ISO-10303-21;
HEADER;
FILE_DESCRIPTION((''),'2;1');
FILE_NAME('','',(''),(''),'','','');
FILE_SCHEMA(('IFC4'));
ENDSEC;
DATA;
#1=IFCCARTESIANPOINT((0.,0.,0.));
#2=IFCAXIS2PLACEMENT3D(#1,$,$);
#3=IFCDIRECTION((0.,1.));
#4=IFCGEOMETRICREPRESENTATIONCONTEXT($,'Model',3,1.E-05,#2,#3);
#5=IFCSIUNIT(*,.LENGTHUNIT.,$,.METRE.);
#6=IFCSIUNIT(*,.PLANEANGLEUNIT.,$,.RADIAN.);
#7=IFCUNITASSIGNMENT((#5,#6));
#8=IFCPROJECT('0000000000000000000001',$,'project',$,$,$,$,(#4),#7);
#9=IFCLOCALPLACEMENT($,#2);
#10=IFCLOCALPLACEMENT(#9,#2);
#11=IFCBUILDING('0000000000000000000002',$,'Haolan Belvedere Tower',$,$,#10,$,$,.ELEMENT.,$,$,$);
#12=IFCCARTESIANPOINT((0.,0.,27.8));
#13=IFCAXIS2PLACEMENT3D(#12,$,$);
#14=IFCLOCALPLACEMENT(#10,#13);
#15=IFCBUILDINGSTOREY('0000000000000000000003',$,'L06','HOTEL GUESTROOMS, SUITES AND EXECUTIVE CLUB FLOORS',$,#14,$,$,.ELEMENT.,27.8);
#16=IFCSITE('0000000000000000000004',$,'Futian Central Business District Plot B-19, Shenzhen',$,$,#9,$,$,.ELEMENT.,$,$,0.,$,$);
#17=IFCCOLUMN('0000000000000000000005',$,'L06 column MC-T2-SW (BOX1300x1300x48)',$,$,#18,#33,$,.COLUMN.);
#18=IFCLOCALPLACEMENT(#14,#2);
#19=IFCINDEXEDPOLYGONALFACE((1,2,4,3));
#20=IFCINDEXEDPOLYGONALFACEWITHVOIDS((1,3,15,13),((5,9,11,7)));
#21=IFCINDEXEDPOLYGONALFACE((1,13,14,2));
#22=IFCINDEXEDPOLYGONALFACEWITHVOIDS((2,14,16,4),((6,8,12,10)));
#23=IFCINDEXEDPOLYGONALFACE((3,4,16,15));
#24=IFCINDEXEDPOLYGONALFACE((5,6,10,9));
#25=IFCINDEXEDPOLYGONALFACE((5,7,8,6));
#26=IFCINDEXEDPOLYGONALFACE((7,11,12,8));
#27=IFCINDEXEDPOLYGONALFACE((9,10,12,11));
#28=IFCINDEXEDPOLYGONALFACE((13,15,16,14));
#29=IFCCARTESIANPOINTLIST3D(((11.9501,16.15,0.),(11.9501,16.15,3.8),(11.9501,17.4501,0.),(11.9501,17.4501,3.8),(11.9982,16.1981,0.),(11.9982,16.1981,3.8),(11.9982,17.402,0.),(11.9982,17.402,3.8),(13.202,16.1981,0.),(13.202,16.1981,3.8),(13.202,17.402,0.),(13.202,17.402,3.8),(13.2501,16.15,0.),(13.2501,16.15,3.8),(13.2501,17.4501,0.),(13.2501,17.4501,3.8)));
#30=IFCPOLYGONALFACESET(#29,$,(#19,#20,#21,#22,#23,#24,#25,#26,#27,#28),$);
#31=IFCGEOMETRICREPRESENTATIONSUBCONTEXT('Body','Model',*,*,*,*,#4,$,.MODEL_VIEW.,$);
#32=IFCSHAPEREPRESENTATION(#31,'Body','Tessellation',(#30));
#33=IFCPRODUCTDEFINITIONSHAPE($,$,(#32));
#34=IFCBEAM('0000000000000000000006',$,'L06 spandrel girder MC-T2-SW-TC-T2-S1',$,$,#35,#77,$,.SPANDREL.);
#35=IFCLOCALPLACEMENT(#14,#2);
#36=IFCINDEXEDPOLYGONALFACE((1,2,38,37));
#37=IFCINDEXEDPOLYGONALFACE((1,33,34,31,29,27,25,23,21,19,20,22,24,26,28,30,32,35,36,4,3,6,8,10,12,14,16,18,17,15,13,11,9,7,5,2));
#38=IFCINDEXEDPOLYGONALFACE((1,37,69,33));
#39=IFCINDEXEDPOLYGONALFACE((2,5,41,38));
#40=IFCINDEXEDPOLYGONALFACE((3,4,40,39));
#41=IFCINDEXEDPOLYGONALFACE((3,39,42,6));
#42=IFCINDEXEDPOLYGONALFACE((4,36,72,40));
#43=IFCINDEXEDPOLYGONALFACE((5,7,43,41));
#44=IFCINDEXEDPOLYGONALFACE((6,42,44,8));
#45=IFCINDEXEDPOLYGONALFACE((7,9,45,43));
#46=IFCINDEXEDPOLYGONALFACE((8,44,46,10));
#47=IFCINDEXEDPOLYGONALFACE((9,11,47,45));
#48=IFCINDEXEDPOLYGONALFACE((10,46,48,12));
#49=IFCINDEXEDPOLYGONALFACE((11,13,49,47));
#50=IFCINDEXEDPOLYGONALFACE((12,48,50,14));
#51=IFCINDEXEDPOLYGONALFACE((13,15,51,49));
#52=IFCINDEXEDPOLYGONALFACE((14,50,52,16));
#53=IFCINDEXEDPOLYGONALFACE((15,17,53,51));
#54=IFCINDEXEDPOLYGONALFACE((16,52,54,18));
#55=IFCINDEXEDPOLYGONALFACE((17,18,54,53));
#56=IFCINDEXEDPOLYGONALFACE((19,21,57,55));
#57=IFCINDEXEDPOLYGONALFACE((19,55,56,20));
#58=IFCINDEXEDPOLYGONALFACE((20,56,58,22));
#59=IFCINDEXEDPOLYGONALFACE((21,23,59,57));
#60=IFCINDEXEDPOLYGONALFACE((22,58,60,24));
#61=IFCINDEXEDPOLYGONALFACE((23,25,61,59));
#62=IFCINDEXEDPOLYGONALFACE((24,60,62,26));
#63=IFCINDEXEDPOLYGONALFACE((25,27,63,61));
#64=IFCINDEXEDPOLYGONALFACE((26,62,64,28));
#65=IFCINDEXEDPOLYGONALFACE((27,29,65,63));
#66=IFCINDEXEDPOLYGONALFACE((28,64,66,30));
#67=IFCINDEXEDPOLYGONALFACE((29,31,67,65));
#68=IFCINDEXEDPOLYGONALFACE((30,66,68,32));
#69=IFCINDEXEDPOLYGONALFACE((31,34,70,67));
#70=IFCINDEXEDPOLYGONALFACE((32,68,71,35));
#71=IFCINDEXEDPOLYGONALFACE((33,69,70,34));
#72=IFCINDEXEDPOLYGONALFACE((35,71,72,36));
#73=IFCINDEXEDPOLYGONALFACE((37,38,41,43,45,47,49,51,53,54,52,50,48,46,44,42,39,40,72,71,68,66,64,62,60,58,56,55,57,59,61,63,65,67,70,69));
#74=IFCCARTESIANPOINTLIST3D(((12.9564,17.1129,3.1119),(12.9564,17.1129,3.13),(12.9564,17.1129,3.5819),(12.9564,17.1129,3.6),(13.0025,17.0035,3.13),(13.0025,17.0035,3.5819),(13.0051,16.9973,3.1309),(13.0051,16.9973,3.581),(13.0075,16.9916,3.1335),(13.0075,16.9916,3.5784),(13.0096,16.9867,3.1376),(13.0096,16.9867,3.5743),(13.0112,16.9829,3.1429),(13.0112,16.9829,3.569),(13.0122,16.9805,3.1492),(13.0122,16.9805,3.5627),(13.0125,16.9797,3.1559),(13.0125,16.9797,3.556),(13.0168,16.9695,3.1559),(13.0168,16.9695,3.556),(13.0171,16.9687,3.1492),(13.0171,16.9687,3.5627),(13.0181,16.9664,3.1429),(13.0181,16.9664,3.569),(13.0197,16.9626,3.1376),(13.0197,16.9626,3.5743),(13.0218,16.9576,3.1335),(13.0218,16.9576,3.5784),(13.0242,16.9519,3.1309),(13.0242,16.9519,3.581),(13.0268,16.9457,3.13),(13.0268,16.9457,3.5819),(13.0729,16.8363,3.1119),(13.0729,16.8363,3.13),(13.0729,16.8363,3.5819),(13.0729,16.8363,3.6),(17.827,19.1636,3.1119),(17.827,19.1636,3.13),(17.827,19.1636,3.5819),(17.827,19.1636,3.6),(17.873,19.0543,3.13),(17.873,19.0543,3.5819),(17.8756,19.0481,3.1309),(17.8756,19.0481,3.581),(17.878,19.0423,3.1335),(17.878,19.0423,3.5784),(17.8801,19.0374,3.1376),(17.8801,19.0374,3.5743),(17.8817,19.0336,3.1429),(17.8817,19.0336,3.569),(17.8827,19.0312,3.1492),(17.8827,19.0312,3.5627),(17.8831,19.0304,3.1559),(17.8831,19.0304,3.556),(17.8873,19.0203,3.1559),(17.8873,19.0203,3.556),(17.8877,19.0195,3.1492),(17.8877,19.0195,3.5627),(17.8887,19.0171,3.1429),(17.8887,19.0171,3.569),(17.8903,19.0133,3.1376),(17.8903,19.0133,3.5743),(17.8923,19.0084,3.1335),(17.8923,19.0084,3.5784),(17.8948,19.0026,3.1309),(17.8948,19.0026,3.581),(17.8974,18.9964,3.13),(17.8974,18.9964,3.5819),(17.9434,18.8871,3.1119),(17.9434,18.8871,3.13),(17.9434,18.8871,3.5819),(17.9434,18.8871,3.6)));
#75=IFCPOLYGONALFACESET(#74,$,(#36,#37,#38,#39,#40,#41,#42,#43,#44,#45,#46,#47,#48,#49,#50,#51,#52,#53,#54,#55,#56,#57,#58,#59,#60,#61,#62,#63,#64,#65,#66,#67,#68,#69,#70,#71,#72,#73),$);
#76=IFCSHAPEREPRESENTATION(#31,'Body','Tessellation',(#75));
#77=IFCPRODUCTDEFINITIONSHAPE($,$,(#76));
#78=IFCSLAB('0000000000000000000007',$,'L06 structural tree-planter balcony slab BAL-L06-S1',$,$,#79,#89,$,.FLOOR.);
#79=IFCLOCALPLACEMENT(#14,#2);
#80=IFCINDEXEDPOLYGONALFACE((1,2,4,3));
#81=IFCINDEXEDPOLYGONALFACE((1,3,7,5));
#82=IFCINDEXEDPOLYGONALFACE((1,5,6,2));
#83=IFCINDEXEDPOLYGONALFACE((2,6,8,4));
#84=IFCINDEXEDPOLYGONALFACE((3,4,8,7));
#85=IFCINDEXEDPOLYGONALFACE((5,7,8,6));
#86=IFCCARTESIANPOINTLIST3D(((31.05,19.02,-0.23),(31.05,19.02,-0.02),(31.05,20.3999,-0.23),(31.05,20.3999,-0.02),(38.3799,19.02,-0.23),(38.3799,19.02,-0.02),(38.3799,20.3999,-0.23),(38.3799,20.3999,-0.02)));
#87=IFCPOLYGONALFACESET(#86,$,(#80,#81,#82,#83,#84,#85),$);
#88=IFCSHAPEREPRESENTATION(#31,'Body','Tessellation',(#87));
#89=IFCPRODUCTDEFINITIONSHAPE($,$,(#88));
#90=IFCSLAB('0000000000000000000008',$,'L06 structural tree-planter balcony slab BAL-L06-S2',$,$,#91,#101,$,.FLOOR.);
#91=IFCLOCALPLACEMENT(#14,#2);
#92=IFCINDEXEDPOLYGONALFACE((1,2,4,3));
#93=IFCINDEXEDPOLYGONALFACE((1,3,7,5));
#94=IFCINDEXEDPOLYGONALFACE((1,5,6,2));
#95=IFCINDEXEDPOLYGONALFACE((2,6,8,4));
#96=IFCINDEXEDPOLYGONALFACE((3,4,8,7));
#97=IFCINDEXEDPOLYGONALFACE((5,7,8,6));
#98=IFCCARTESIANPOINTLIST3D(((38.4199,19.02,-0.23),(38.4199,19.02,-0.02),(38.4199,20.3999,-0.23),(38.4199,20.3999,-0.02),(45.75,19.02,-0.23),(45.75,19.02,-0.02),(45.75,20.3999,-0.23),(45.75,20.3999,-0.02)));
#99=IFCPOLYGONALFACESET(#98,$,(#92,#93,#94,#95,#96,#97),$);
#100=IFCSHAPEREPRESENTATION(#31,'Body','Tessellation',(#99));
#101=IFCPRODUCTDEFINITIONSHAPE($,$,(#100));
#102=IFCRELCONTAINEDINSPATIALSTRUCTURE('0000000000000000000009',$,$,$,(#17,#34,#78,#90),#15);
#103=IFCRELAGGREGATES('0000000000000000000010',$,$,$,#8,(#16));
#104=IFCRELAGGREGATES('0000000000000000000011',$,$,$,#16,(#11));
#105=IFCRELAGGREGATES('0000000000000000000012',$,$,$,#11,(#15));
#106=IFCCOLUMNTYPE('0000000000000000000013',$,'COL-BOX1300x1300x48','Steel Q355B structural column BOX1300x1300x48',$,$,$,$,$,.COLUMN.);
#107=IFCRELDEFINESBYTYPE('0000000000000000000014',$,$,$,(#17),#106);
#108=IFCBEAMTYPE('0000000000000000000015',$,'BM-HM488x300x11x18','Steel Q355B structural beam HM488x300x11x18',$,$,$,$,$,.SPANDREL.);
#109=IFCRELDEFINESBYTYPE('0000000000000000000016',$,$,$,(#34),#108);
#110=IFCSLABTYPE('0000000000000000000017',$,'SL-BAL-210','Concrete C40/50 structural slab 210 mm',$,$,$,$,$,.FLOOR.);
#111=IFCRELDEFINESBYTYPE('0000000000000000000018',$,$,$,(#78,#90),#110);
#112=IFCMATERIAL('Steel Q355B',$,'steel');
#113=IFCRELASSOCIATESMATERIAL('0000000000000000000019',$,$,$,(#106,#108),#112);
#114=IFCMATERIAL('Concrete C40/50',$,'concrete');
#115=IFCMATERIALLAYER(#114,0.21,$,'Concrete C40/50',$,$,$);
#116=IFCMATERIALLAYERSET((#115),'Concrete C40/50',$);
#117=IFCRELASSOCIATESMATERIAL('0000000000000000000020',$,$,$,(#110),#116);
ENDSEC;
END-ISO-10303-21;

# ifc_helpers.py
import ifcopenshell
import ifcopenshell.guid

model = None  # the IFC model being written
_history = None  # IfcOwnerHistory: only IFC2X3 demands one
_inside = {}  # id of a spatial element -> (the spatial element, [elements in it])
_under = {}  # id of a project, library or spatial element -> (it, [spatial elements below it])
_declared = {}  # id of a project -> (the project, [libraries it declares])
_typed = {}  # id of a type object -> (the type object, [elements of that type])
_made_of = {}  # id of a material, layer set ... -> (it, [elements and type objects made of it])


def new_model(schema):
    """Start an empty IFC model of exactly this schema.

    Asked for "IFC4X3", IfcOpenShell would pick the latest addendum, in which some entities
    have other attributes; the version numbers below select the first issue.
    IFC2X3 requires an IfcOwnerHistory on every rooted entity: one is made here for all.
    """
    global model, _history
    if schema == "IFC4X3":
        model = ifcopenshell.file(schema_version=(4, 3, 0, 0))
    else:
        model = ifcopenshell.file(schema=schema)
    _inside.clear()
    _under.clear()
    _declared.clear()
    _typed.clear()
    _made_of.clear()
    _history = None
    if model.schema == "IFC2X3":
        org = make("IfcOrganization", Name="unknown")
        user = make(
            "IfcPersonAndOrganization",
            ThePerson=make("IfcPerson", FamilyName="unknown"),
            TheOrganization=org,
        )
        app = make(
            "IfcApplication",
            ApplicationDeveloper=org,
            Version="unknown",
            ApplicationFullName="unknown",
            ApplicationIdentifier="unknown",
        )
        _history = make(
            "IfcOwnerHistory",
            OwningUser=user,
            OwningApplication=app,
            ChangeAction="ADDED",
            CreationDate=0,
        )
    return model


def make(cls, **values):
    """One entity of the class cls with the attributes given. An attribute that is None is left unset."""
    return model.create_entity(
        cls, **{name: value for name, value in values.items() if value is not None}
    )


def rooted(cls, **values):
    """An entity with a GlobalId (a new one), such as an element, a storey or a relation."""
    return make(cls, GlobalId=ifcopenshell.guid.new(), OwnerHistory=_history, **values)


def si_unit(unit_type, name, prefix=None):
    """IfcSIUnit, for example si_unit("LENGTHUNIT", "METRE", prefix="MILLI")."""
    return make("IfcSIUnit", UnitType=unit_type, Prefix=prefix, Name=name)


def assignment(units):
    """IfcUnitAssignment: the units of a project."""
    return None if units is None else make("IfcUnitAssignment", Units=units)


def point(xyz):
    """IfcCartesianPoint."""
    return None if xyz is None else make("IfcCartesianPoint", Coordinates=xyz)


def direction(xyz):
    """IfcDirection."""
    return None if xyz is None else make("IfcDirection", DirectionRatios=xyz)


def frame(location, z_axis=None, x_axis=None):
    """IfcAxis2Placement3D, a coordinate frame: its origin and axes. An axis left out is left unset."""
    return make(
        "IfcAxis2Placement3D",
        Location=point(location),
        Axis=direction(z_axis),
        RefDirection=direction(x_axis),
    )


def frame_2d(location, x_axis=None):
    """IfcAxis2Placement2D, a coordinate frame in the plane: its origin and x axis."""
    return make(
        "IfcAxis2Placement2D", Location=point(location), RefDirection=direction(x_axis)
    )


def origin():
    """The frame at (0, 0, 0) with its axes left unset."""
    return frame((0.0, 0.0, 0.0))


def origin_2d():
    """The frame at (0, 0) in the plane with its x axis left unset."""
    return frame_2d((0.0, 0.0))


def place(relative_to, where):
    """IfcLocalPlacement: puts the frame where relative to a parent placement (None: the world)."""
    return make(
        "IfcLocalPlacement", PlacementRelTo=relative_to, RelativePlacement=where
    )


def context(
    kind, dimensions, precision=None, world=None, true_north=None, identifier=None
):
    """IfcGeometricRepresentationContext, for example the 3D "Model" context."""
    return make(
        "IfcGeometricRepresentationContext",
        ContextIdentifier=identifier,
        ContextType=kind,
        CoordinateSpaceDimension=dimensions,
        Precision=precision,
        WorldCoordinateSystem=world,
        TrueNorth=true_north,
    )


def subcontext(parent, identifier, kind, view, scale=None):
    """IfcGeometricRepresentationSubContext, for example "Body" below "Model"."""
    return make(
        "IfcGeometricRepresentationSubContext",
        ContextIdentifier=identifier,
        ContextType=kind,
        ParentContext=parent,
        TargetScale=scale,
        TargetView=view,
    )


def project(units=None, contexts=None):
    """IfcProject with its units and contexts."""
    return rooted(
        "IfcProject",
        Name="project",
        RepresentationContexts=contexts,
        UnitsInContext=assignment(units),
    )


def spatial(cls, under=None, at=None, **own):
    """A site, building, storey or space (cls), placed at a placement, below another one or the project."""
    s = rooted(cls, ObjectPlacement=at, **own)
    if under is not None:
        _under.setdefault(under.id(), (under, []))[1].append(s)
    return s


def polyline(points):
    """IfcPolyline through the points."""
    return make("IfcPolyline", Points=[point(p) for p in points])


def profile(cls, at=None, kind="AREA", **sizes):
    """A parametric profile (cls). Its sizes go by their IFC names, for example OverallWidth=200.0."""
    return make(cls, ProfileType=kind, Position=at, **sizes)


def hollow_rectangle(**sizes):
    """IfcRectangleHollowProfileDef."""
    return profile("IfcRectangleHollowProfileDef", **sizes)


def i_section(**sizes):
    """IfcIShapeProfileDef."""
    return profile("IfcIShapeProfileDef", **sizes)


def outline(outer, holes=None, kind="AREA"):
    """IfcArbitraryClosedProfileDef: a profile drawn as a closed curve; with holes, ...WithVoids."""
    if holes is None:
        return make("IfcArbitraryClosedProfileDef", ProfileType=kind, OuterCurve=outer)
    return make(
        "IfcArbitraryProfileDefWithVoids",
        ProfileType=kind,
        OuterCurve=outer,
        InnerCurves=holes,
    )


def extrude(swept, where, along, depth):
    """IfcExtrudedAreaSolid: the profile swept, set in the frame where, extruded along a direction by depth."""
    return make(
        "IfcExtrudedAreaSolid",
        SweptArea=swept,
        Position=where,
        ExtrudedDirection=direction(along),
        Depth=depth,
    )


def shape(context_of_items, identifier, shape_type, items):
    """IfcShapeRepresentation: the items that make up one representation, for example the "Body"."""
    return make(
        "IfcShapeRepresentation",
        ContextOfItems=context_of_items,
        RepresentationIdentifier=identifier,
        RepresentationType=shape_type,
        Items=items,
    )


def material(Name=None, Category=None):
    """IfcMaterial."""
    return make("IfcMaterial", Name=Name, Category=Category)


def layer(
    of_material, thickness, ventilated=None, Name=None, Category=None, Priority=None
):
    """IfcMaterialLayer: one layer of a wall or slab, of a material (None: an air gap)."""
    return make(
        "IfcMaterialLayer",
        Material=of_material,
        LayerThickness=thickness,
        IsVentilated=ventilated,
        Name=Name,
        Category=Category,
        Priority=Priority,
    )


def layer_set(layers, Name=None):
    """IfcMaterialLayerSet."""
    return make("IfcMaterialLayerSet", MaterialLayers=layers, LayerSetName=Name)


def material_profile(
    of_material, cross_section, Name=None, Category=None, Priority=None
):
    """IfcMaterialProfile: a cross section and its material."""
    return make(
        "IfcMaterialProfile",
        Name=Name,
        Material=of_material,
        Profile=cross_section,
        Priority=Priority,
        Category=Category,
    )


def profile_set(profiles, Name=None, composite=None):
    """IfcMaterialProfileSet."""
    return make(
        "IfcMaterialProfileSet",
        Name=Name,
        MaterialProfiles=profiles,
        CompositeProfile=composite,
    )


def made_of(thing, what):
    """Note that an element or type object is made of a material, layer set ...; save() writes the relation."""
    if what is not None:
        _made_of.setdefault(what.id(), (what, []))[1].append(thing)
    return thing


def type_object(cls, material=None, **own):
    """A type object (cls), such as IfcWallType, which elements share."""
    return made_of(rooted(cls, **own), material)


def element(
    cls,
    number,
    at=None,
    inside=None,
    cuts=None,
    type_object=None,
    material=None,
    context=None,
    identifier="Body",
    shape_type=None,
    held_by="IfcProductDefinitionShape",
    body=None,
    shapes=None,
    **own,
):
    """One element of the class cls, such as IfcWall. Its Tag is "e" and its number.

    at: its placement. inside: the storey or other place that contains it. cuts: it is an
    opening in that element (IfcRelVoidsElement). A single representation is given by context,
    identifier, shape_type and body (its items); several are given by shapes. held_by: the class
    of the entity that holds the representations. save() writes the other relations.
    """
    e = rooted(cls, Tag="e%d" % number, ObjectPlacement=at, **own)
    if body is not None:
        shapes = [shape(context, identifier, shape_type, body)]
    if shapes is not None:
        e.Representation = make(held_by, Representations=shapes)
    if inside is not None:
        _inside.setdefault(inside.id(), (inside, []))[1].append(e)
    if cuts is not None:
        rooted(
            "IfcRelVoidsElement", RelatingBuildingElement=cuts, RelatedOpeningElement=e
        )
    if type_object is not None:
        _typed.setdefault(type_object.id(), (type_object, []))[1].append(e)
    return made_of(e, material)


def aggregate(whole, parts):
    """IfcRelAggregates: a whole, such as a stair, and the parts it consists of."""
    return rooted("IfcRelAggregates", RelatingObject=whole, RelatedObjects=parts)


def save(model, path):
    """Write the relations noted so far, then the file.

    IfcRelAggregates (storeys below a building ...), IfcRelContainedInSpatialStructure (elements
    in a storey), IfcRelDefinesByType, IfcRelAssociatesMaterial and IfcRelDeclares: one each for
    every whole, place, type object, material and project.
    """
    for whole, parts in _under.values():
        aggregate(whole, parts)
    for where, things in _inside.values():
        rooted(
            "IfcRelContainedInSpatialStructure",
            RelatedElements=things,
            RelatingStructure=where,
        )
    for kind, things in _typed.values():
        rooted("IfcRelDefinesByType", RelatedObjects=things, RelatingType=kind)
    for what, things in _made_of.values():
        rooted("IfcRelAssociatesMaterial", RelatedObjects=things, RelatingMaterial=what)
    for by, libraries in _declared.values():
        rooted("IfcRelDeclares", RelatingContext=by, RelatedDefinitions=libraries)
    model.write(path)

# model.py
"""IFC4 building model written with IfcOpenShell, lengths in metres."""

from ifc_helpers import new_model, si_unit, direction, frame, origin, origin_2d, place, context, subcontext, project, spatial, polyline, hollow_rectangle, i_section, outline, extrude, material, layer, layer_set, material_profile, profile_set, type_object, element, save


model = new_model("IFC4")

# Units and contexts
model_context = context("Model", 3, precision=1e-05, world=origin(), true_north=direction((0.0, 1.0)))
body_context = subcontext(model_context, "Body", "Model", "MODEL_VIEW")
ifc_project = project(units=[si_unit("LENGTHUNIT", "METRE"), si_unit("PLANEANGLEUNIT", "RADIAN")], contexts=[model_context])

# Site, building, storey
site_placement = place(None, origin())
site = spatial("IfcSite", under=ifc_project, at=site_placement, Name="Futian Central Business District Plot B-19, Shenzhen", CompositionType="ELEMENT", RefElevation=0.0)
building_placement = place(site_placement, origin())
building = spatial("IfcBuilding", under=site, at=building_placement, Name="Haolan Belvedere Tower", CompositionType="ELEMENT")
storey_placement = place(building_placement, frame((0.0, 0.0, 27.8)))
storey = spatial("IfcBuildingStorey", under=building, at=storey_placement, Name="L06", Description="HOTEL GUESTROOMS, SUITES AND EXECUTIVE CLUB FLOORS", CompositionType="ELEMENT", Elevation=27.8)

# Column
ifc_material_1 = material(Name="Steel Q355B", Category="steel")
ifc_material_profile_1 = material_profile(ifc_material_1, hollow_rectangle(XDim=1.3, YDim=1.3, WallThickness=0.0481, at=origin_2d()), Name="Steel Q355B")
ifc_profile_set_1 = profile_set([ifc_material_profile_1], Name="Steel Q355B")
column_type = type_object("IfcColumnType", Name="COL-BOX1300x1300x48", Description="Steel Q355B structural column BOX1300x1300x48", PredefinedType="COLUMN", material=ifc_profile_set_1)
column_placement = place(storey_placement, frame((12.6001, 16.8, 0.0), z_axis=(0.0, 0.0, 1.0), x_axis=(1.0, 0.0, 0.0)))
element("IfcColumn", 1, at=column_placement, inside=storey, type_object=column_type, Name="L06 column MC-T2-SW (BOX1300x1300x48)", PredefinedType="COLUMN", context=body_context, shape_type="SweptSolid", body=[
    extrude(hollow_rectangle(XDim=1.3, YDim=1.3, WallThickness=0.0481, at=origin_2d()), origin(), (0.0, 0.0, 1.0), 3.8),
])

# Beam
ifc_material_profile_2 = material_profile(ifc_material_1, i_section(OverallWidth=0.3, OverallDepth=0.488, WebThickness=0.011, FlangeThickness=0.0181, FilletRadius=0.0259, at=origin_2d()), Name="Steel Q355B")
ifc_profile_set_2 = profile_set([ifc_material_profile_2], Name="Steel Q355B")
beam_type = type_object("IfcBeamType", Name="BM-HM488x300x11x18", Description="Steel Q355B structural beam HM488x300x11x18", PredefinedType="SPANDREL", material=ifc_profile_set_2)
beam_placement = place(storey_placement, frame((13.0146, 16.9746, 3.356), z_axis=(0.921635, 0.388057, 0.0), x_axis=(-0.388057, 0.921635, 0.0)))
element("IfcBeam", 2, at=beam_placement, inside=storey, type_object=beam_type, Name="L06 spandrel girder MC-T2-SW-TC-T2-S1", PredefinedType="SPANDREL", context=body_context, shape_type="SweptSolid", body=[
    extrude(i_section(OverallWidth=0.3, OverallDepth=0.488, WebThickness=0.011, FlangeThickness=0.0181, FilletRadius=0.0259, at=origin_2d()), origin(), (0.0, 0.0, 1.0), 5.2847),
])

# Slabs
ifc_material_2 = material(Name="Concrete C40/50", Category="concrete")
ifc_layer_1 = layer(ifc_material_2, 0.21, Name="Concrete C40/50")
ifc_layer_set_1 = layer_set([ifc_layer_1], Name="Concrete C40/50")
slab_type_1 = type_object("IfcSlabType", Name="SL-BAL-210", Description="Concrete C40/50 structural slab 210 mm", PredefinedType="FLOOR", material=ifc_layer_set_1)
slab_1_placement = place(storey_placement, frame((0.0, 0.0, -0.23)))
element("IfcSlab", 3, at=slab_1_placement, inside=storey, type_object=slab_type_1, Name="L06 structural tree-planter balcony slab BAL-L06-S1", PredefinedType="FLOOR", context=body_context, shape_type="SweptSolid", body=[
    extrude(outline(polyline([(31.05, 19.02), (38.3799, 19.02), (38.3799, 20.3999), (31.05, 20.3999), (31.05, 19.02)])), origin(), (0.0, 0.0, 1.0), 0.21),
])
slab_2_placement = place(storey_placement, frame((0.0, 0.0, -0.23)))
element("IfcSlab", 4, at=slab_2_placement, inside=storey, type_object=slab_type_1, Name="L06 structural tree-planter balcony slab BAL-L06-S2", PredefinedType="FLOOR", context=body_context, shape_type="SweptSolid", body=[
    extrude(outline(polyline([(38.4199, 19.02), (45.75, 19.02), (45.75, 20.3999), (38.4199, 20.3999), (38.4199, 19.02)])), origin(), (0.0, 0.0, 1.0), 0.21),
])

save(model, "model.ifc")
